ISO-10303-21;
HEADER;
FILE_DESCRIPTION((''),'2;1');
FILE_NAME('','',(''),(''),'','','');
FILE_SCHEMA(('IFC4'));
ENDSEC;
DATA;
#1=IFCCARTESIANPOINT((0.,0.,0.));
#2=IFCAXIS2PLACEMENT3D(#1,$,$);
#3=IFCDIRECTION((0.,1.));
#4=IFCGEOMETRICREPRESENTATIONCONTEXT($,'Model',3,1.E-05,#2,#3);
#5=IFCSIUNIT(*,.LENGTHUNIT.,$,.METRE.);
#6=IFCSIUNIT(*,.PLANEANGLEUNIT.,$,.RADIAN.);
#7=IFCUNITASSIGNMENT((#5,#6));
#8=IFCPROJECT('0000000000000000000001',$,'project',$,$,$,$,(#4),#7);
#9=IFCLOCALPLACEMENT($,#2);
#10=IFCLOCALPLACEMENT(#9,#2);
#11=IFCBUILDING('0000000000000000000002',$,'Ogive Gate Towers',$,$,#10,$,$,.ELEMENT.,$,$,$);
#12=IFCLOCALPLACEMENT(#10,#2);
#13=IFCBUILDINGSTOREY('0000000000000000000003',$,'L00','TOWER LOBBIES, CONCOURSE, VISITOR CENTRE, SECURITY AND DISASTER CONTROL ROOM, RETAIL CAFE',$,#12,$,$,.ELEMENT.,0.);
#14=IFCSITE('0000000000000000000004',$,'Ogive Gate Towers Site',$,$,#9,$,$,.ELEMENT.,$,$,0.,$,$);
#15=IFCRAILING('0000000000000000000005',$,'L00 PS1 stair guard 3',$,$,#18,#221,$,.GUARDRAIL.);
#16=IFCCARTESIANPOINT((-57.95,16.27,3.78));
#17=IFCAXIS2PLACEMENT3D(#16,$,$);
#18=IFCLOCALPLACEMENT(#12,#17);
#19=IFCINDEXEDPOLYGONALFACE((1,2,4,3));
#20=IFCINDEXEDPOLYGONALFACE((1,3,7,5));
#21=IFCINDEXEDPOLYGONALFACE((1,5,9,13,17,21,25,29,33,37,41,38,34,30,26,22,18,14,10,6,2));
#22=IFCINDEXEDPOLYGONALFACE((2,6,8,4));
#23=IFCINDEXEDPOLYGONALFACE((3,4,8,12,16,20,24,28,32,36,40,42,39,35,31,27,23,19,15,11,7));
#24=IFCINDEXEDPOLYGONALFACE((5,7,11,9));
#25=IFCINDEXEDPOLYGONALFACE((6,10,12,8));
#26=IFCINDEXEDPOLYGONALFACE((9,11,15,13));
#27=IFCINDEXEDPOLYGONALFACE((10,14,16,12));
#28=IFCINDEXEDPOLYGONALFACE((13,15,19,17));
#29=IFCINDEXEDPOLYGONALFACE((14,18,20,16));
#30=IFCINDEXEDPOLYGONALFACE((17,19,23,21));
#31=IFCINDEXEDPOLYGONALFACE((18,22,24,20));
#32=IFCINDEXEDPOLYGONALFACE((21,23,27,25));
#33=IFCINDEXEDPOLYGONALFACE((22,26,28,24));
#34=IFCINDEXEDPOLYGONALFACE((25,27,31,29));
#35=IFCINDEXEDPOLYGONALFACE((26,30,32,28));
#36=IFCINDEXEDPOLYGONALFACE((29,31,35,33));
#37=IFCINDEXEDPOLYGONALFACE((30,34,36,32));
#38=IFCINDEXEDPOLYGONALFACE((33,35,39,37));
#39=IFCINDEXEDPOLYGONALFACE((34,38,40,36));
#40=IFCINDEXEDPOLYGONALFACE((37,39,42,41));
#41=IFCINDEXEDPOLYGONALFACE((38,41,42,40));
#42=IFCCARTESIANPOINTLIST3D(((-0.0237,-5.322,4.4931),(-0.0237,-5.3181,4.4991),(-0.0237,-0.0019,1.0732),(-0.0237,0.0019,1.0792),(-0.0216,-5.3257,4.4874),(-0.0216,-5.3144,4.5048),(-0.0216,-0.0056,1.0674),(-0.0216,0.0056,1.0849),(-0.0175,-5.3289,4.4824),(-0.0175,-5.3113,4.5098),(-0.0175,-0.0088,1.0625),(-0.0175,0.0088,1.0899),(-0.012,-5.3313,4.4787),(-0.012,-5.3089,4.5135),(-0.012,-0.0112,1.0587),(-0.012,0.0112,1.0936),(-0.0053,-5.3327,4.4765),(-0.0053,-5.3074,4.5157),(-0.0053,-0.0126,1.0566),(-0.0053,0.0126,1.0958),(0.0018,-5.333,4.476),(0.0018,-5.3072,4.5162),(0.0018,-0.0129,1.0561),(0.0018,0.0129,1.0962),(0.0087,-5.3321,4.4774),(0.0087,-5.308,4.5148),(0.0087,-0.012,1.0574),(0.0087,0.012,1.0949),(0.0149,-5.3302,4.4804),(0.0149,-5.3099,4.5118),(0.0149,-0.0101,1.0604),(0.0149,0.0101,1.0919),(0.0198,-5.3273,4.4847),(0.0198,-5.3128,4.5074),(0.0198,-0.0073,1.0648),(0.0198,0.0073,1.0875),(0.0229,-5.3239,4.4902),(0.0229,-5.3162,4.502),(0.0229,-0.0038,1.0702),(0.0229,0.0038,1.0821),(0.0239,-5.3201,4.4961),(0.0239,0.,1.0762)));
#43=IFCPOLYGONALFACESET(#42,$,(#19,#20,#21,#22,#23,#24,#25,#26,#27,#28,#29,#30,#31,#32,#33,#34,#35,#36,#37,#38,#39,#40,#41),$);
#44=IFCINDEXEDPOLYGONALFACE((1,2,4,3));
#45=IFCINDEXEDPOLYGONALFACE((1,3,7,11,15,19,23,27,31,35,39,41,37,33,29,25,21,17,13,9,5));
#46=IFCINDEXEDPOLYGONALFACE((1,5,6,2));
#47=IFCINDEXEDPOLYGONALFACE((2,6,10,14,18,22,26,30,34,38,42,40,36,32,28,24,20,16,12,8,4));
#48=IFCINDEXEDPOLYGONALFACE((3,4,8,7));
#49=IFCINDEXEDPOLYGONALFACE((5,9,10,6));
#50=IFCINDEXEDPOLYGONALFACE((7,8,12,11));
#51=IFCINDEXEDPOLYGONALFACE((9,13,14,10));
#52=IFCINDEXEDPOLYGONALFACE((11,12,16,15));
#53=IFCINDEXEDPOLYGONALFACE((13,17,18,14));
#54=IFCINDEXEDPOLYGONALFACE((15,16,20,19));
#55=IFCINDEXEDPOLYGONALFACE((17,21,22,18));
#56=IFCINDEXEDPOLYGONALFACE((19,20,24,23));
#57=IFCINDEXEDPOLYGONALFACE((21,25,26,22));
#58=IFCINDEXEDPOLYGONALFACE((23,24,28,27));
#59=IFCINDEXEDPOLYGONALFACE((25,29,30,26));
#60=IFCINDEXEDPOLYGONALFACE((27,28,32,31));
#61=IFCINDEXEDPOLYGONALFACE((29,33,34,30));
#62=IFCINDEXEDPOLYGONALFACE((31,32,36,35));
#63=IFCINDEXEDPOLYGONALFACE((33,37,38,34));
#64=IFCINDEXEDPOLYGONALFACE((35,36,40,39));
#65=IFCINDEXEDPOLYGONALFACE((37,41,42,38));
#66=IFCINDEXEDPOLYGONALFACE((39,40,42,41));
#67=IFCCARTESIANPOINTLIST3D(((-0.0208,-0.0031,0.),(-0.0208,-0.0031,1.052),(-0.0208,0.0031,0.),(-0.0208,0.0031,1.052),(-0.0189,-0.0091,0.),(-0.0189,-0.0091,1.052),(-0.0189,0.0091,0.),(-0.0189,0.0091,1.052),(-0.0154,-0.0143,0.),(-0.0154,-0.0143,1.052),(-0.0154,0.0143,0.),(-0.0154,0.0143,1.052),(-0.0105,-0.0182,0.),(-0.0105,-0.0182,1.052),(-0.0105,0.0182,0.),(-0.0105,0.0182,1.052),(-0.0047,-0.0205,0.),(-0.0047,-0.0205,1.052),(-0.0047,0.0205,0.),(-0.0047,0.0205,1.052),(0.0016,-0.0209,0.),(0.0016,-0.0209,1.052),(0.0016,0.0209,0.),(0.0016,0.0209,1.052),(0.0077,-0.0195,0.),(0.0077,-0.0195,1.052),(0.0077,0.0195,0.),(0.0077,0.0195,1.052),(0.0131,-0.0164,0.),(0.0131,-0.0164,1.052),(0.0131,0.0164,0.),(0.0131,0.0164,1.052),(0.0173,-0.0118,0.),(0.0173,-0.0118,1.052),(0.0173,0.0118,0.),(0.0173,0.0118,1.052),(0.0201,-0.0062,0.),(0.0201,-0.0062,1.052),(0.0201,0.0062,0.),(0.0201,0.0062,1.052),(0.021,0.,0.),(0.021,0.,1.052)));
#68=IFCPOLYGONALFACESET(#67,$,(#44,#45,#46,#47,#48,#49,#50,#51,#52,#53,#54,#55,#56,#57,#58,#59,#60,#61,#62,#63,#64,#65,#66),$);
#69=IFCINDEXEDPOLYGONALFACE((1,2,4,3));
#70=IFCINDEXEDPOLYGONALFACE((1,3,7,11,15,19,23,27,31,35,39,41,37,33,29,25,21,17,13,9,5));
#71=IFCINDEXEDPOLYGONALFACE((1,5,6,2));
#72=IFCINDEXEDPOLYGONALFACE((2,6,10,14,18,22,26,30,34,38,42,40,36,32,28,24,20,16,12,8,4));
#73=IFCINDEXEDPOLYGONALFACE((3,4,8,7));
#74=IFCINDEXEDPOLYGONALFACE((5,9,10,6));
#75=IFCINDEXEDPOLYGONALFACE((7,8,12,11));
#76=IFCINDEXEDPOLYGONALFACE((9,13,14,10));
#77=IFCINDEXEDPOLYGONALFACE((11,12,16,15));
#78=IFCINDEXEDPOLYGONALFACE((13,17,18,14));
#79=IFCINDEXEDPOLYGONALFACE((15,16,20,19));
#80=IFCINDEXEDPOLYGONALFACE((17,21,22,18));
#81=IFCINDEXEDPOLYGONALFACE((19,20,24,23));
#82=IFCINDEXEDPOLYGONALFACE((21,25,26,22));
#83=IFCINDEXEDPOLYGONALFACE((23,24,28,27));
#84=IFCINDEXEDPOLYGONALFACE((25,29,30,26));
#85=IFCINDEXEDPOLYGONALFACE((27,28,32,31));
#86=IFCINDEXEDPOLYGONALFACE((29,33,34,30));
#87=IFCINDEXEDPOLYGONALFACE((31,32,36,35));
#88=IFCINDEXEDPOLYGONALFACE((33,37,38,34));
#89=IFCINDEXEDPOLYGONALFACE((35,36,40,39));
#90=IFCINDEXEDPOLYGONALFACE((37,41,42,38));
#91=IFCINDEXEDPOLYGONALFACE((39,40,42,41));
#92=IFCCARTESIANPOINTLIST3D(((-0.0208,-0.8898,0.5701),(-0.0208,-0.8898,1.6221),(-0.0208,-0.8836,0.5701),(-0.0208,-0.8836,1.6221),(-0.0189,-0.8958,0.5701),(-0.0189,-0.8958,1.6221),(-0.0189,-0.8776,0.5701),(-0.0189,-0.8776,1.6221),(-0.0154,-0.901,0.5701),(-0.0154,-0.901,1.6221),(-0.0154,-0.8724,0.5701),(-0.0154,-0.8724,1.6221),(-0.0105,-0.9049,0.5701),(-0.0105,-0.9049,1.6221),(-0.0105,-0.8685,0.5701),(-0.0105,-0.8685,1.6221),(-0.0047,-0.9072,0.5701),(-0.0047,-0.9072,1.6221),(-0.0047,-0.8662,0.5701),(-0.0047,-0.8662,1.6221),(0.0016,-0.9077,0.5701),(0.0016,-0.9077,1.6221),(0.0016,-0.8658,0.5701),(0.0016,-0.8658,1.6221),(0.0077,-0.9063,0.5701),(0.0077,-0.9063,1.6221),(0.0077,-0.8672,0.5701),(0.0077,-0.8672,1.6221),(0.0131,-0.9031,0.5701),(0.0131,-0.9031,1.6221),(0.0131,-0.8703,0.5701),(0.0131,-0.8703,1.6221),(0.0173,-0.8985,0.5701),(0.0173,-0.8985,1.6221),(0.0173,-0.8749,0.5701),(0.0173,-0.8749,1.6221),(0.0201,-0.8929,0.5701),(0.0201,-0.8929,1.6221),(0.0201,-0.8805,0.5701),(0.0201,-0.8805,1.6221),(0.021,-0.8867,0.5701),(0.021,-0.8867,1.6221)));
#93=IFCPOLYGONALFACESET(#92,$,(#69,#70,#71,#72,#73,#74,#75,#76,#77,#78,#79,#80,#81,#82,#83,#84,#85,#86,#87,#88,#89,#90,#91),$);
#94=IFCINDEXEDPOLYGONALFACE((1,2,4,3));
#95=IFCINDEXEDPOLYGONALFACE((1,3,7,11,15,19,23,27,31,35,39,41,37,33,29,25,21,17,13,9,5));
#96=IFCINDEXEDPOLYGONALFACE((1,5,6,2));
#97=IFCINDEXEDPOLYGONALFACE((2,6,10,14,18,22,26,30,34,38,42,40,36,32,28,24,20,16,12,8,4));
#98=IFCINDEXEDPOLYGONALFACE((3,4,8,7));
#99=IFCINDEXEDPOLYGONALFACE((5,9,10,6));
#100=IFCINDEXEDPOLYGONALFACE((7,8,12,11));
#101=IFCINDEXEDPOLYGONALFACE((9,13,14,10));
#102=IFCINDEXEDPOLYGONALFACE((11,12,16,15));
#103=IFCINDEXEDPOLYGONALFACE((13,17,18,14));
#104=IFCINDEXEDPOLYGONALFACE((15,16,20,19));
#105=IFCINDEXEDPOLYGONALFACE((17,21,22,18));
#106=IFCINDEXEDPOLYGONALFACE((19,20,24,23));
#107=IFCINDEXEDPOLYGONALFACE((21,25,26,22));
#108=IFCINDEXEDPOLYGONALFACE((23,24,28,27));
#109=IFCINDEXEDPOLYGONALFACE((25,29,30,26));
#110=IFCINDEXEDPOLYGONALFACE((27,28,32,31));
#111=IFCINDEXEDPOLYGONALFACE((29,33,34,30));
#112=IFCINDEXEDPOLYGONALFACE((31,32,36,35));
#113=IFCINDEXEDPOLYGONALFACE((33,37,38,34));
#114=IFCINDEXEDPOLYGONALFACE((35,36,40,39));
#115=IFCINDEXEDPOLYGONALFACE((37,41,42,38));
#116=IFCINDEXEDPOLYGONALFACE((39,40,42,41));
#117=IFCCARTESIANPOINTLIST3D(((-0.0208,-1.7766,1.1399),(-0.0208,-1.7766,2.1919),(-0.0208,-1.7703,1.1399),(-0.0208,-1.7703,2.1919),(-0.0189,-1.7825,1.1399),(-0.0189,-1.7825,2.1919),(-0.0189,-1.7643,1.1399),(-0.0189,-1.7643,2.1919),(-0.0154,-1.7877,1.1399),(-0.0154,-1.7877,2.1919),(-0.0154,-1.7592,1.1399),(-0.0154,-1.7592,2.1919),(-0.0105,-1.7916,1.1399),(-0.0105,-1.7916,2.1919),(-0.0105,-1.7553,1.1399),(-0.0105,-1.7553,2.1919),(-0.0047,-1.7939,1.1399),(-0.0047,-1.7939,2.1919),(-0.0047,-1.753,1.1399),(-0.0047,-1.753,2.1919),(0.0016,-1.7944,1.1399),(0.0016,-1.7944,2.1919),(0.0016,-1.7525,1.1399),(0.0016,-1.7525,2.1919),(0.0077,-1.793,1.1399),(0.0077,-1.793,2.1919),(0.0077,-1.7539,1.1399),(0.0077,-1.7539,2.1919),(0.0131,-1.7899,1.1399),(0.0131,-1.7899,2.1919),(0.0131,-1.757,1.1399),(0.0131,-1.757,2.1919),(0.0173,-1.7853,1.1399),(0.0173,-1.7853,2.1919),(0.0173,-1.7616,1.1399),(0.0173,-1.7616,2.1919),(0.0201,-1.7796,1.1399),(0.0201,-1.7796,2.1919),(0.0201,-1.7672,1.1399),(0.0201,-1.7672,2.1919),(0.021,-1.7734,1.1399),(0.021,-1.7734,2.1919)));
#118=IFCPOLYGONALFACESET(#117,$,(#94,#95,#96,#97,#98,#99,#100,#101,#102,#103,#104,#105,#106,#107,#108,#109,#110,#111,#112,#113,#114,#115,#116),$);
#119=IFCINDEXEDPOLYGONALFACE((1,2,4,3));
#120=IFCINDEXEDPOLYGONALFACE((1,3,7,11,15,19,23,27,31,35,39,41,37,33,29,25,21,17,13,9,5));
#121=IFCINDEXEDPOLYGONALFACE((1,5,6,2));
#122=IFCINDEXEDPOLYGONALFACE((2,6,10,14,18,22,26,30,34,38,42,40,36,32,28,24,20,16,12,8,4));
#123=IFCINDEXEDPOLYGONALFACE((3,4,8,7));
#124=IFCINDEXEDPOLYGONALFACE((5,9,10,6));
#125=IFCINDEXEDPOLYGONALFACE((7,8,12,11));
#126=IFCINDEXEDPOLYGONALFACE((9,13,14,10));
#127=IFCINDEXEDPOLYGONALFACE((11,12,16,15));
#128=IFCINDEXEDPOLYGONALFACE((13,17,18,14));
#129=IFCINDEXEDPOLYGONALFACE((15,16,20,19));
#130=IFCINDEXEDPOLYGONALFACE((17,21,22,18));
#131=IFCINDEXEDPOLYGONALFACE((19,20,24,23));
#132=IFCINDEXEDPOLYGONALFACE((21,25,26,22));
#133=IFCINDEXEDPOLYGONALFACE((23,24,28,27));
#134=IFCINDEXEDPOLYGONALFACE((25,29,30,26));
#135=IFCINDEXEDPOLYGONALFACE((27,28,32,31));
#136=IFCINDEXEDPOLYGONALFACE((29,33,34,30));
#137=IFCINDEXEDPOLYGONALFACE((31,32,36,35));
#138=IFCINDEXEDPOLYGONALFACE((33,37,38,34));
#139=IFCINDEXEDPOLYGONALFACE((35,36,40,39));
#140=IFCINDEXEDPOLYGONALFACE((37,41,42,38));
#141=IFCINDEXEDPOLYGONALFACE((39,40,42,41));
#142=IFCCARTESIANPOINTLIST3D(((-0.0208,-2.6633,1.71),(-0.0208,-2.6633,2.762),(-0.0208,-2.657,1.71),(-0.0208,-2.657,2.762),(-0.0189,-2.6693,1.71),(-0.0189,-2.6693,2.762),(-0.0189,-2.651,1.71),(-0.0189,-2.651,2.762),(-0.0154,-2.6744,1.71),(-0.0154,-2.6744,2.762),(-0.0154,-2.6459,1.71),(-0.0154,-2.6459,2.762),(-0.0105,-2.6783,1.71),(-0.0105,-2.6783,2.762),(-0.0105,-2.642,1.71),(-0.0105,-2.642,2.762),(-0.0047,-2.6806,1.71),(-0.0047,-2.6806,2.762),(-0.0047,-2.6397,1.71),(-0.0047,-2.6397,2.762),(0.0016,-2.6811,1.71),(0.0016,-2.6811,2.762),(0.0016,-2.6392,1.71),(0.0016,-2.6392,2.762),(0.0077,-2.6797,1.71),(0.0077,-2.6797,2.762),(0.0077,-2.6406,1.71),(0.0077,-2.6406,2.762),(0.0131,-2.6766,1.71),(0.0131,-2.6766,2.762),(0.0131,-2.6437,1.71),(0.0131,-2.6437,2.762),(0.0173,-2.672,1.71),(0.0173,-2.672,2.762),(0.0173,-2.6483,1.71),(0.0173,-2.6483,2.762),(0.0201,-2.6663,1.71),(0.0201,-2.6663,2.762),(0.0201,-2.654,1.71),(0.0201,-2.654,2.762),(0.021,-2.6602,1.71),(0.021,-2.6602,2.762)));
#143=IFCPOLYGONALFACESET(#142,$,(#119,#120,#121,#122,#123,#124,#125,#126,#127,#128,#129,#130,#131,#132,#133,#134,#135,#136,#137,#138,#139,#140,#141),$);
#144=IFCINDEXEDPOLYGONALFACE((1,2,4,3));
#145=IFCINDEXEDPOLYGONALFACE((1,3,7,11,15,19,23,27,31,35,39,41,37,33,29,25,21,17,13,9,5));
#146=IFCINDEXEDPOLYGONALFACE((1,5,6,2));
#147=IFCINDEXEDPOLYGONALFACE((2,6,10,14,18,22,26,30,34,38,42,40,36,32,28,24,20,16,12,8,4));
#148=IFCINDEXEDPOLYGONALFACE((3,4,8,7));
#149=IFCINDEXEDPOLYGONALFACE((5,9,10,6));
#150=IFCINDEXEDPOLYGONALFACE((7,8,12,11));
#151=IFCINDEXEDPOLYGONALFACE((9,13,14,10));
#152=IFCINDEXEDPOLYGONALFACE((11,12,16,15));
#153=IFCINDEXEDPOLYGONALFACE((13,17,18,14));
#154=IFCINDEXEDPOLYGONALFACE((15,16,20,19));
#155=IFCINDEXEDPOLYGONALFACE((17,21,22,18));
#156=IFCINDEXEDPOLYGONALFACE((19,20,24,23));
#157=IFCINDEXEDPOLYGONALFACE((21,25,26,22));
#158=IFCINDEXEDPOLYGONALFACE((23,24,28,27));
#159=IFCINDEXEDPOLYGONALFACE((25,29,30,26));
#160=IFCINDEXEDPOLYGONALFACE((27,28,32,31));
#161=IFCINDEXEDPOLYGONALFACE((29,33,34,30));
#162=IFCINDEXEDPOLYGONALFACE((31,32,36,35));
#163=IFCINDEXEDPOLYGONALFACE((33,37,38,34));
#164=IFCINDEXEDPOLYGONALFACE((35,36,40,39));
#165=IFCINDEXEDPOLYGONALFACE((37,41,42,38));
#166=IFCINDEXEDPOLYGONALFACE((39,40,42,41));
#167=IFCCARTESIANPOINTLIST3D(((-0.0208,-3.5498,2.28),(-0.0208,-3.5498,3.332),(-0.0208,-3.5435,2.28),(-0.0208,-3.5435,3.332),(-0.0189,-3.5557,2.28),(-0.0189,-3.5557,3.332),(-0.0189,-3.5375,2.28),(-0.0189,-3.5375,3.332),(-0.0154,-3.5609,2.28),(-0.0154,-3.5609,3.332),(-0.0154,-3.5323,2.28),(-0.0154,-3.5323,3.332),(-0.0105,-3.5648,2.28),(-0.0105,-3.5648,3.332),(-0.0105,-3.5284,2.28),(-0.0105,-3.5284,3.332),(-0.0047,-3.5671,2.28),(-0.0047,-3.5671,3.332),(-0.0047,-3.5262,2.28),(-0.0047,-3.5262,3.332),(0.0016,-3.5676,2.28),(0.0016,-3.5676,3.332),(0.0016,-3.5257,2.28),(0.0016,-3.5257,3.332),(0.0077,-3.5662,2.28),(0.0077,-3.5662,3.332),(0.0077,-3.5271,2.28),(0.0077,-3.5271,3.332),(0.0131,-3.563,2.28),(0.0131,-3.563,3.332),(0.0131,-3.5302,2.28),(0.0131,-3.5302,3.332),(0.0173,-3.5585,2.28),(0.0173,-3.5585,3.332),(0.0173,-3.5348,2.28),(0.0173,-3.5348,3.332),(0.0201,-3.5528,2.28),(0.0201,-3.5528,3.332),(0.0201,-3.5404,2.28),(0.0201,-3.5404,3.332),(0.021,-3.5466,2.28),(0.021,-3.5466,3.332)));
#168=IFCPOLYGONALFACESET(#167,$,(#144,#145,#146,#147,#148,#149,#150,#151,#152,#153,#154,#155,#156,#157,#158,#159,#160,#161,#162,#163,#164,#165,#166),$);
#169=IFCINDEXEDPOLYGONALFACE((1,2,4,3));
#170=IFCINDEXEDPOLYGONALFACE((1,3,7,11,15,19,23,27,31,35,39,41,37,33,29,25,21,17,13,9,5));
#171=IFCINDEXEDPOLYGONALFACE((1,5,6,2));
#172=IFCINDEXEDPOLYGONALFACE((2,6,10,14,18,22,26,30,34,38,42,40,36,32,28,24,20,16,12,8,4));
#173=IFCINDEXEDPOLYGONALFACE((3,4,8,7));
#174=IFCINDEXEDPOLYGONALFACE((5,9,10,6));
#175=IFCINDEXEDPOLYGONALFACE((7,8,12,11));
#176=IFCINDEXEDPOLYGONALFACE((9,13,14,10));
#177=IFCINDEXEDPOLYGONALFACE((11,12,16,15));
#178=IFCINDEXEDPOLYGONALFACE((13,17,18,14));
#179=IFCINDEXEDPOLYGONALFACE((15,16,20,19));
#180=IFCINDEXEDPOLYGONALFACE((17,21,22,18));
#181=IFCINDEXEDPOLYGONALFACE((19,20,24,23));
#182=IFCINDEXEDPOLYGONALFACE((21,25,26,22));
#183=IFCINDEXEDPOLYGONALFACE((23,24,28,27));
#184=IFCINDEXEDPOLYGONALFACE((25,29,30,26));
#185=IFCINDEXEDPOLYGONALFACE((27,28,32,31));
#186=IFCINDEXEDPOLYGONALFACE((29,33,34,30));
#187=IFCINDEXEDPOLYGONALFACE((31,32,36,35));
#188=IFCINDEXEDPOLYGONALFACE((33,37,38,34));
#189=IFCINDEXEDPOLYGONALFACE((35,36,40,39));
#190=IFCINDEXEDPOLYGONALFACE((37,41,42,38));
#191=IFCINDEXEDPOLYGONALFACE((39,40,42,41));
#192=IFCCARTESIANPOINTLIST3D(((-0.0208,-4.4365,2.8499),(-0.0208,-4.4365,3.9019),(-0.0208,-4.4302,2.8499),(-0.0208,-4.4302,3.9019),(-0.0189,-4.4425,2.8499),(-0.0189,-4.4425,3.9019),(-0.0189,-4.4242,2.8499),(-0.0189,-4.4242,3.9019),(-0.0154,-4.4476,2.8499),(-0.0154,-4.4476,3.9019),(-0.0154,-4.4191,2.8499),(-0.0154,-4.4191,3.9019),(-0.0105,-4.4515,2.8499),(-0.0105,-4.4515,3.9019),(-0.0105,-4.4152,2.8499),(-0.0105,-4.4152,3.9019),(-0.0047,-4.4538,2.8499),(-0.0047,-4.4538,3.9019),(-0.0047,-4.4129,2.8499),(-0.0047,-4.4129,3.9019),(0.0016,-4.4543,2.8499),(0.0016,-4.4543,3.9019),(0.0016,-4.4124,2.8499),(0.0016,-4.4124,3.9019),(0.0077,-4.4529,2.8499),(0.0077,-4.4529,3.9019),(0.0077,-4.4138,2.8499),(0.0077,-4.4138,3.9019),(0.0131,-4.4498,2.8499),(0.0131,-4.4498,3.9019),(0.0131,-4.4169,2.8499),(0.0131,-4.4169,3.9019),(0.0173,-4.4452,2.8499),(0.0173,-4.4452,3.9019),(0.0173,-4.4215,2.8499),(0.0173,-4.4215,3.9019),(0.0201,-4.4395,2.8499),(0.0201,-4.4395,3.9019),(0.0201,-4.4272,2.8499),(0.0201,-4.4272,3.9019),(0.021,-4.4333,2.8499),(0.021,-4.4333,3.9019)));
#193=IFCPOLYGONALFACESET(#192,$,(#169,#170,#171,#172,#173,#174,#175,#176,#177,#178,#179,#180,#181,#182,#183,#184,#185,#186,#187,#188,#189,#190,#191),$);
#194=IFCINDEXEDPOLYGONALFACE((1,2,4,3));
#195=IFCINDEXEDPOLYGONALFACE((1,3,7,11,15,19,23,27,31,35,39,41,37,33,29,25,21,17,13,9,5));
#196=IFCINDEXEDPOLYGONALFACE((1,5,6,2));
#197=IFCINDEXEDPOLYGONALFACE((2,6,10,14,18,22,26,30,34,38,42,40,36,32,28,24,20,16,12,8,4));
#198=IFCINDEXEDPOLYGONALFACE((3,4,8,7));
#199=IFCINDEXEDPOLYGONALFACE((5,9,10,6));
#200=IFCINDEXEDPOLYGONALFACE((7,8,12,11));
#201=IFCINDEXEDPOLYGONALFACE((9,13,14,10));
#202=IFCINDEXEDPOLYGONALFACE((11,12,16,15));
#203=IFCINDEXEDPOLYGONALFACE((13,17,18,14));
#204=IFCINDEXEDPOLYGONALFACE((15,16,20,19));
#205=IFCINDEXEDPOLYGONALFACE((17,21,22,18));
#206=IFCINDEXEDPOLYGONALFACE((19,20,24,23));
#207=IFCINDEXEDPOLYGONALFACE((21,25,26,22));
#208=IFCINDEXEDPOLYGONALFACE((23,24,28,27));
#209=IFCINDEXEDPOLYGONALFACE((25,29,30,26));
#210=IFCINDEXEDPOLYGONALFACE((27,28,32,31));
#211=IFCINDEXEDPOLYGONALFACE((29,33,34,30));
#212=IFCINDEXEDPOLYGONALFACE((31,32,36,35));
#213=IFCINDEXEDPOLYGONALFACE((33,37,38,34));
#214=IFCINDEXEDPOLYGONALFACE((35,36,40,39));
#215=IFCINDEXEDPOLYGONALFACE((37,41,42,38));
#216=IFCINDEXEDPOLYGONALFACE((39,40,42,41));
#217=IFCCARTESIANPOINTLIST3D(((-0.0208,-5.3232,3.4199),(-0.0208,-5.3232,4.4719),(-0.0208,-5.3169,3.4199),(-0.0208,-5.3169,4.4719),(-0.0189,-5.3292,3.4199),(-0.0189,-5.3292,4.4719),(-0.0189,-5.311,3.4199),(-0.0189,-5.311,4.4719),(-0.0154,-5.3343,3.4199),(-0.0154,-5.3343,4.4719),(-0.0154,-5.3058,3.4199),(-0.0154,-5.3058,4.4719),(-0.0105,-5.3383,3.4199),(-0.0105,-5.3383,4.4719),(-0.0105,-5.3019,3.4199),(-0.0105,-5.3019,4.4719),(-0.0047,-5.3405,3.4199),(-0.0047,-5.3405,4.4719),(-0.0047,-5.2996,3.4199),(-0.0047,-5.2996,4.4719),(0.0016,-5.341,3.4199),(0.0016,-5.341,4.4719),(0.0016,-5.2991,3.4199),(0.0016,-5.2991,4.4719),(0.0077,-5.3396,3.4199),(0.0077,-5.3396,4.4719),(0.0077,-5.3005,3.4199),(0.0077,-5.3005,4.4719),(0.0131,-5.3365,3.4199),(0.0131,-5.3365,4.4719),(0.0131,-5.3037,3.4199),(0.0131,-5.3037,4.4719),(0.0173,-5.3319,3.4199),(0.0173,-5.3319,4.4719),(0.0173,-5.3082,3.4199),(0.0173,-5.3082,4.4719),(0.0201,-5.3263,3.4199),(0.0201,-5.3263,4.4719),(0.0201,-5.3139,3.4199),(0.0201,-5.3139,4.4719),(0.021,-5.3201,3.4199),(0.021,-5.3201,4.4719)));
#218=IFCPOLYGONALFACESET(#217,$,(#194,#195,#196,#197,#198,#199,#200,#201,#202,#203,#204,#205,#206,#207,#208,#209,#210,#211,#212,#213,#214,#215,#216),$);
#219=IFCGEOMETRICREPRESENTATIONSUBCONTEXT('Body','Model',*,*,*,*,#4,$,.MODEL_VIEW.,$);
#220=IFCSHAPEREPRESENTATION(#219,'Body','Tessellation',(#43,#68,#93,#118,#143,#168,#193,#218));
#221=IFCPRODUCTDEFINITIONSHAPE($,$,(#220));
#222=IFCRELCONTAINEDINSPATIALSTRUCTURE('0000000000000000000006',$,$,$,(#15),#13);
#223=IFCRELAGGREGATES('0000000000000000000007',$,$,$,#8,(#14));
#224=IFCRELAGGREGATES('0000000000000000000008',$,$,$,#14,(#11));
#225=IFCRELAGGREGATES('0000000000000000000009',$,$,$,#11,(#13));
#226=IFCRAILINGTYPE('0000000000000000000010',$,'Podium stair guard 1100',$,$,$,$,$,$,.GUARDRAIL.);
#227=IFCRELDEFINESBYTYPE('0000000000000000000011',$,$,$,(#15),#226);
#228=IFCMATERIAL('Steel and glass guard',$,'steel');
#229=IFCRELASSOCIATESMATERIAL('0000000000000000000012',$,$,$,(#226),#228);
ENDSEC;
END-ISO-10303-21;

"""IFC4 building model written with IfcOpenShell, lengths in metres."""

from ifc_helpers import new_model, si_unit, direction, frame, origin, origin_2d, place, context, subcontext, project, spatial, circle, extrude, material, type_object, element, save


model = new_model("IFC4")

# Units and contexts
model_context = context("Model", 3, precision=1e-05, world=origin(), true_north=direction((0.0, 1.0)))
body_context = subcontext(model_context, "Body", "Model", "MODEL_VIEW")
ifc_project = project(units=[si_unit("LENGTHUNIT", "METRE"), si_unit("PLANEANGLEUNIT", "RADIAN")], contexts=[model_context])

# Site, building, storey
site_placement = place(None, origin())
site = spatial("IfcSite", under=ifc_project, at=site_placement, Name="Ogive Gate Towers Site", CompositionType="ELEMENT", RefElevation=0.0)
building_placement = place(site_placement, origin())
building = spatial("IfcBuilding", under=site, at=building_placement, Name="Ogive Gate Towers", CompositionType="ELEMENT")
storey_placement = place(building_placement, origin())
storey = spatial("IfcBuildingStorey", under=building, at=storey_placement, Name="L00", Description="TOWER LOBBIES, CONCOURSE, VISITOR CENTRE, SECURITY AND DISASTER CONTROL ROOM, RETAIL CAFE", CompositionType="ELEMENT", Elevation=0.0)

# Railing
ifc_material_1 = material(Name="Steel and glass guard", Category="steel")
railing_type_1 = type_object("IfcRailingType", Name="Podium stair guard 1100", PredefinedType="GUARDRAIL", material=ifc_material_1)
railing_1_placement = place(storey_placement, frame((-57.95, 16.27, 3.78)))
element("IfcRailing", 1, at=railing_1_placement, inside=storey, type_object=railing_type_1, Name="L00 PS1 stair guard 3", PredefinedType="GUARDRAIL", context=body_context, shape_type="SweptSolid", body=[
    extrude(circle(Radius=0.0239, at=origin_2d()), frame((0.0, 0.0, 1.0762), z_axis=(0.0, -0.841187, 0.540744), x_axis=(1.0, 0.0, 0.0)), (0.0, 0.0, 1.0), 6.3245),
    extrude(circle(Radius=0.021, at=origin_2d()), origin(), (0.0, 0.0, 1.0), 1.052),
    extrude(circle(Radius=0.021, at=origin_2d()), frame((0.0, -0.8867, 0.5701)), (0.0, 0.0, 1.0), 1.052),
    extrude(circle(Radius=0.021, at=origin_2d()), frame((0.0, -1.7734, 1.1399)), (0.0, 0.0, 1.0), 1.052),
    extrude(circle(Radius=0.021, at=origin_2d()), frame((0.0, -2.6602, 1.71)), (0.0, 0.0, 1.0), 1.052),
    extrude(circle(Radius=0.021, at=origin_2d()), frame((0.0, -3.5466, 2.28)), (0.0, 0.0, 1.0), 1.052),
    extrude(circle(Radius=0.021, at=origin_2d()), frame((0.0, -4.4333, 2.8499)), (0.0, 0.0, 1.0), 1.052),
    extrude(circle(Radius=0.021, at=origin_2d()), frame((0.0, -5.3201, 3.4199)), (0.0, 0.0, 1.0), 1.052),
])

save(model, "model.ifc")
